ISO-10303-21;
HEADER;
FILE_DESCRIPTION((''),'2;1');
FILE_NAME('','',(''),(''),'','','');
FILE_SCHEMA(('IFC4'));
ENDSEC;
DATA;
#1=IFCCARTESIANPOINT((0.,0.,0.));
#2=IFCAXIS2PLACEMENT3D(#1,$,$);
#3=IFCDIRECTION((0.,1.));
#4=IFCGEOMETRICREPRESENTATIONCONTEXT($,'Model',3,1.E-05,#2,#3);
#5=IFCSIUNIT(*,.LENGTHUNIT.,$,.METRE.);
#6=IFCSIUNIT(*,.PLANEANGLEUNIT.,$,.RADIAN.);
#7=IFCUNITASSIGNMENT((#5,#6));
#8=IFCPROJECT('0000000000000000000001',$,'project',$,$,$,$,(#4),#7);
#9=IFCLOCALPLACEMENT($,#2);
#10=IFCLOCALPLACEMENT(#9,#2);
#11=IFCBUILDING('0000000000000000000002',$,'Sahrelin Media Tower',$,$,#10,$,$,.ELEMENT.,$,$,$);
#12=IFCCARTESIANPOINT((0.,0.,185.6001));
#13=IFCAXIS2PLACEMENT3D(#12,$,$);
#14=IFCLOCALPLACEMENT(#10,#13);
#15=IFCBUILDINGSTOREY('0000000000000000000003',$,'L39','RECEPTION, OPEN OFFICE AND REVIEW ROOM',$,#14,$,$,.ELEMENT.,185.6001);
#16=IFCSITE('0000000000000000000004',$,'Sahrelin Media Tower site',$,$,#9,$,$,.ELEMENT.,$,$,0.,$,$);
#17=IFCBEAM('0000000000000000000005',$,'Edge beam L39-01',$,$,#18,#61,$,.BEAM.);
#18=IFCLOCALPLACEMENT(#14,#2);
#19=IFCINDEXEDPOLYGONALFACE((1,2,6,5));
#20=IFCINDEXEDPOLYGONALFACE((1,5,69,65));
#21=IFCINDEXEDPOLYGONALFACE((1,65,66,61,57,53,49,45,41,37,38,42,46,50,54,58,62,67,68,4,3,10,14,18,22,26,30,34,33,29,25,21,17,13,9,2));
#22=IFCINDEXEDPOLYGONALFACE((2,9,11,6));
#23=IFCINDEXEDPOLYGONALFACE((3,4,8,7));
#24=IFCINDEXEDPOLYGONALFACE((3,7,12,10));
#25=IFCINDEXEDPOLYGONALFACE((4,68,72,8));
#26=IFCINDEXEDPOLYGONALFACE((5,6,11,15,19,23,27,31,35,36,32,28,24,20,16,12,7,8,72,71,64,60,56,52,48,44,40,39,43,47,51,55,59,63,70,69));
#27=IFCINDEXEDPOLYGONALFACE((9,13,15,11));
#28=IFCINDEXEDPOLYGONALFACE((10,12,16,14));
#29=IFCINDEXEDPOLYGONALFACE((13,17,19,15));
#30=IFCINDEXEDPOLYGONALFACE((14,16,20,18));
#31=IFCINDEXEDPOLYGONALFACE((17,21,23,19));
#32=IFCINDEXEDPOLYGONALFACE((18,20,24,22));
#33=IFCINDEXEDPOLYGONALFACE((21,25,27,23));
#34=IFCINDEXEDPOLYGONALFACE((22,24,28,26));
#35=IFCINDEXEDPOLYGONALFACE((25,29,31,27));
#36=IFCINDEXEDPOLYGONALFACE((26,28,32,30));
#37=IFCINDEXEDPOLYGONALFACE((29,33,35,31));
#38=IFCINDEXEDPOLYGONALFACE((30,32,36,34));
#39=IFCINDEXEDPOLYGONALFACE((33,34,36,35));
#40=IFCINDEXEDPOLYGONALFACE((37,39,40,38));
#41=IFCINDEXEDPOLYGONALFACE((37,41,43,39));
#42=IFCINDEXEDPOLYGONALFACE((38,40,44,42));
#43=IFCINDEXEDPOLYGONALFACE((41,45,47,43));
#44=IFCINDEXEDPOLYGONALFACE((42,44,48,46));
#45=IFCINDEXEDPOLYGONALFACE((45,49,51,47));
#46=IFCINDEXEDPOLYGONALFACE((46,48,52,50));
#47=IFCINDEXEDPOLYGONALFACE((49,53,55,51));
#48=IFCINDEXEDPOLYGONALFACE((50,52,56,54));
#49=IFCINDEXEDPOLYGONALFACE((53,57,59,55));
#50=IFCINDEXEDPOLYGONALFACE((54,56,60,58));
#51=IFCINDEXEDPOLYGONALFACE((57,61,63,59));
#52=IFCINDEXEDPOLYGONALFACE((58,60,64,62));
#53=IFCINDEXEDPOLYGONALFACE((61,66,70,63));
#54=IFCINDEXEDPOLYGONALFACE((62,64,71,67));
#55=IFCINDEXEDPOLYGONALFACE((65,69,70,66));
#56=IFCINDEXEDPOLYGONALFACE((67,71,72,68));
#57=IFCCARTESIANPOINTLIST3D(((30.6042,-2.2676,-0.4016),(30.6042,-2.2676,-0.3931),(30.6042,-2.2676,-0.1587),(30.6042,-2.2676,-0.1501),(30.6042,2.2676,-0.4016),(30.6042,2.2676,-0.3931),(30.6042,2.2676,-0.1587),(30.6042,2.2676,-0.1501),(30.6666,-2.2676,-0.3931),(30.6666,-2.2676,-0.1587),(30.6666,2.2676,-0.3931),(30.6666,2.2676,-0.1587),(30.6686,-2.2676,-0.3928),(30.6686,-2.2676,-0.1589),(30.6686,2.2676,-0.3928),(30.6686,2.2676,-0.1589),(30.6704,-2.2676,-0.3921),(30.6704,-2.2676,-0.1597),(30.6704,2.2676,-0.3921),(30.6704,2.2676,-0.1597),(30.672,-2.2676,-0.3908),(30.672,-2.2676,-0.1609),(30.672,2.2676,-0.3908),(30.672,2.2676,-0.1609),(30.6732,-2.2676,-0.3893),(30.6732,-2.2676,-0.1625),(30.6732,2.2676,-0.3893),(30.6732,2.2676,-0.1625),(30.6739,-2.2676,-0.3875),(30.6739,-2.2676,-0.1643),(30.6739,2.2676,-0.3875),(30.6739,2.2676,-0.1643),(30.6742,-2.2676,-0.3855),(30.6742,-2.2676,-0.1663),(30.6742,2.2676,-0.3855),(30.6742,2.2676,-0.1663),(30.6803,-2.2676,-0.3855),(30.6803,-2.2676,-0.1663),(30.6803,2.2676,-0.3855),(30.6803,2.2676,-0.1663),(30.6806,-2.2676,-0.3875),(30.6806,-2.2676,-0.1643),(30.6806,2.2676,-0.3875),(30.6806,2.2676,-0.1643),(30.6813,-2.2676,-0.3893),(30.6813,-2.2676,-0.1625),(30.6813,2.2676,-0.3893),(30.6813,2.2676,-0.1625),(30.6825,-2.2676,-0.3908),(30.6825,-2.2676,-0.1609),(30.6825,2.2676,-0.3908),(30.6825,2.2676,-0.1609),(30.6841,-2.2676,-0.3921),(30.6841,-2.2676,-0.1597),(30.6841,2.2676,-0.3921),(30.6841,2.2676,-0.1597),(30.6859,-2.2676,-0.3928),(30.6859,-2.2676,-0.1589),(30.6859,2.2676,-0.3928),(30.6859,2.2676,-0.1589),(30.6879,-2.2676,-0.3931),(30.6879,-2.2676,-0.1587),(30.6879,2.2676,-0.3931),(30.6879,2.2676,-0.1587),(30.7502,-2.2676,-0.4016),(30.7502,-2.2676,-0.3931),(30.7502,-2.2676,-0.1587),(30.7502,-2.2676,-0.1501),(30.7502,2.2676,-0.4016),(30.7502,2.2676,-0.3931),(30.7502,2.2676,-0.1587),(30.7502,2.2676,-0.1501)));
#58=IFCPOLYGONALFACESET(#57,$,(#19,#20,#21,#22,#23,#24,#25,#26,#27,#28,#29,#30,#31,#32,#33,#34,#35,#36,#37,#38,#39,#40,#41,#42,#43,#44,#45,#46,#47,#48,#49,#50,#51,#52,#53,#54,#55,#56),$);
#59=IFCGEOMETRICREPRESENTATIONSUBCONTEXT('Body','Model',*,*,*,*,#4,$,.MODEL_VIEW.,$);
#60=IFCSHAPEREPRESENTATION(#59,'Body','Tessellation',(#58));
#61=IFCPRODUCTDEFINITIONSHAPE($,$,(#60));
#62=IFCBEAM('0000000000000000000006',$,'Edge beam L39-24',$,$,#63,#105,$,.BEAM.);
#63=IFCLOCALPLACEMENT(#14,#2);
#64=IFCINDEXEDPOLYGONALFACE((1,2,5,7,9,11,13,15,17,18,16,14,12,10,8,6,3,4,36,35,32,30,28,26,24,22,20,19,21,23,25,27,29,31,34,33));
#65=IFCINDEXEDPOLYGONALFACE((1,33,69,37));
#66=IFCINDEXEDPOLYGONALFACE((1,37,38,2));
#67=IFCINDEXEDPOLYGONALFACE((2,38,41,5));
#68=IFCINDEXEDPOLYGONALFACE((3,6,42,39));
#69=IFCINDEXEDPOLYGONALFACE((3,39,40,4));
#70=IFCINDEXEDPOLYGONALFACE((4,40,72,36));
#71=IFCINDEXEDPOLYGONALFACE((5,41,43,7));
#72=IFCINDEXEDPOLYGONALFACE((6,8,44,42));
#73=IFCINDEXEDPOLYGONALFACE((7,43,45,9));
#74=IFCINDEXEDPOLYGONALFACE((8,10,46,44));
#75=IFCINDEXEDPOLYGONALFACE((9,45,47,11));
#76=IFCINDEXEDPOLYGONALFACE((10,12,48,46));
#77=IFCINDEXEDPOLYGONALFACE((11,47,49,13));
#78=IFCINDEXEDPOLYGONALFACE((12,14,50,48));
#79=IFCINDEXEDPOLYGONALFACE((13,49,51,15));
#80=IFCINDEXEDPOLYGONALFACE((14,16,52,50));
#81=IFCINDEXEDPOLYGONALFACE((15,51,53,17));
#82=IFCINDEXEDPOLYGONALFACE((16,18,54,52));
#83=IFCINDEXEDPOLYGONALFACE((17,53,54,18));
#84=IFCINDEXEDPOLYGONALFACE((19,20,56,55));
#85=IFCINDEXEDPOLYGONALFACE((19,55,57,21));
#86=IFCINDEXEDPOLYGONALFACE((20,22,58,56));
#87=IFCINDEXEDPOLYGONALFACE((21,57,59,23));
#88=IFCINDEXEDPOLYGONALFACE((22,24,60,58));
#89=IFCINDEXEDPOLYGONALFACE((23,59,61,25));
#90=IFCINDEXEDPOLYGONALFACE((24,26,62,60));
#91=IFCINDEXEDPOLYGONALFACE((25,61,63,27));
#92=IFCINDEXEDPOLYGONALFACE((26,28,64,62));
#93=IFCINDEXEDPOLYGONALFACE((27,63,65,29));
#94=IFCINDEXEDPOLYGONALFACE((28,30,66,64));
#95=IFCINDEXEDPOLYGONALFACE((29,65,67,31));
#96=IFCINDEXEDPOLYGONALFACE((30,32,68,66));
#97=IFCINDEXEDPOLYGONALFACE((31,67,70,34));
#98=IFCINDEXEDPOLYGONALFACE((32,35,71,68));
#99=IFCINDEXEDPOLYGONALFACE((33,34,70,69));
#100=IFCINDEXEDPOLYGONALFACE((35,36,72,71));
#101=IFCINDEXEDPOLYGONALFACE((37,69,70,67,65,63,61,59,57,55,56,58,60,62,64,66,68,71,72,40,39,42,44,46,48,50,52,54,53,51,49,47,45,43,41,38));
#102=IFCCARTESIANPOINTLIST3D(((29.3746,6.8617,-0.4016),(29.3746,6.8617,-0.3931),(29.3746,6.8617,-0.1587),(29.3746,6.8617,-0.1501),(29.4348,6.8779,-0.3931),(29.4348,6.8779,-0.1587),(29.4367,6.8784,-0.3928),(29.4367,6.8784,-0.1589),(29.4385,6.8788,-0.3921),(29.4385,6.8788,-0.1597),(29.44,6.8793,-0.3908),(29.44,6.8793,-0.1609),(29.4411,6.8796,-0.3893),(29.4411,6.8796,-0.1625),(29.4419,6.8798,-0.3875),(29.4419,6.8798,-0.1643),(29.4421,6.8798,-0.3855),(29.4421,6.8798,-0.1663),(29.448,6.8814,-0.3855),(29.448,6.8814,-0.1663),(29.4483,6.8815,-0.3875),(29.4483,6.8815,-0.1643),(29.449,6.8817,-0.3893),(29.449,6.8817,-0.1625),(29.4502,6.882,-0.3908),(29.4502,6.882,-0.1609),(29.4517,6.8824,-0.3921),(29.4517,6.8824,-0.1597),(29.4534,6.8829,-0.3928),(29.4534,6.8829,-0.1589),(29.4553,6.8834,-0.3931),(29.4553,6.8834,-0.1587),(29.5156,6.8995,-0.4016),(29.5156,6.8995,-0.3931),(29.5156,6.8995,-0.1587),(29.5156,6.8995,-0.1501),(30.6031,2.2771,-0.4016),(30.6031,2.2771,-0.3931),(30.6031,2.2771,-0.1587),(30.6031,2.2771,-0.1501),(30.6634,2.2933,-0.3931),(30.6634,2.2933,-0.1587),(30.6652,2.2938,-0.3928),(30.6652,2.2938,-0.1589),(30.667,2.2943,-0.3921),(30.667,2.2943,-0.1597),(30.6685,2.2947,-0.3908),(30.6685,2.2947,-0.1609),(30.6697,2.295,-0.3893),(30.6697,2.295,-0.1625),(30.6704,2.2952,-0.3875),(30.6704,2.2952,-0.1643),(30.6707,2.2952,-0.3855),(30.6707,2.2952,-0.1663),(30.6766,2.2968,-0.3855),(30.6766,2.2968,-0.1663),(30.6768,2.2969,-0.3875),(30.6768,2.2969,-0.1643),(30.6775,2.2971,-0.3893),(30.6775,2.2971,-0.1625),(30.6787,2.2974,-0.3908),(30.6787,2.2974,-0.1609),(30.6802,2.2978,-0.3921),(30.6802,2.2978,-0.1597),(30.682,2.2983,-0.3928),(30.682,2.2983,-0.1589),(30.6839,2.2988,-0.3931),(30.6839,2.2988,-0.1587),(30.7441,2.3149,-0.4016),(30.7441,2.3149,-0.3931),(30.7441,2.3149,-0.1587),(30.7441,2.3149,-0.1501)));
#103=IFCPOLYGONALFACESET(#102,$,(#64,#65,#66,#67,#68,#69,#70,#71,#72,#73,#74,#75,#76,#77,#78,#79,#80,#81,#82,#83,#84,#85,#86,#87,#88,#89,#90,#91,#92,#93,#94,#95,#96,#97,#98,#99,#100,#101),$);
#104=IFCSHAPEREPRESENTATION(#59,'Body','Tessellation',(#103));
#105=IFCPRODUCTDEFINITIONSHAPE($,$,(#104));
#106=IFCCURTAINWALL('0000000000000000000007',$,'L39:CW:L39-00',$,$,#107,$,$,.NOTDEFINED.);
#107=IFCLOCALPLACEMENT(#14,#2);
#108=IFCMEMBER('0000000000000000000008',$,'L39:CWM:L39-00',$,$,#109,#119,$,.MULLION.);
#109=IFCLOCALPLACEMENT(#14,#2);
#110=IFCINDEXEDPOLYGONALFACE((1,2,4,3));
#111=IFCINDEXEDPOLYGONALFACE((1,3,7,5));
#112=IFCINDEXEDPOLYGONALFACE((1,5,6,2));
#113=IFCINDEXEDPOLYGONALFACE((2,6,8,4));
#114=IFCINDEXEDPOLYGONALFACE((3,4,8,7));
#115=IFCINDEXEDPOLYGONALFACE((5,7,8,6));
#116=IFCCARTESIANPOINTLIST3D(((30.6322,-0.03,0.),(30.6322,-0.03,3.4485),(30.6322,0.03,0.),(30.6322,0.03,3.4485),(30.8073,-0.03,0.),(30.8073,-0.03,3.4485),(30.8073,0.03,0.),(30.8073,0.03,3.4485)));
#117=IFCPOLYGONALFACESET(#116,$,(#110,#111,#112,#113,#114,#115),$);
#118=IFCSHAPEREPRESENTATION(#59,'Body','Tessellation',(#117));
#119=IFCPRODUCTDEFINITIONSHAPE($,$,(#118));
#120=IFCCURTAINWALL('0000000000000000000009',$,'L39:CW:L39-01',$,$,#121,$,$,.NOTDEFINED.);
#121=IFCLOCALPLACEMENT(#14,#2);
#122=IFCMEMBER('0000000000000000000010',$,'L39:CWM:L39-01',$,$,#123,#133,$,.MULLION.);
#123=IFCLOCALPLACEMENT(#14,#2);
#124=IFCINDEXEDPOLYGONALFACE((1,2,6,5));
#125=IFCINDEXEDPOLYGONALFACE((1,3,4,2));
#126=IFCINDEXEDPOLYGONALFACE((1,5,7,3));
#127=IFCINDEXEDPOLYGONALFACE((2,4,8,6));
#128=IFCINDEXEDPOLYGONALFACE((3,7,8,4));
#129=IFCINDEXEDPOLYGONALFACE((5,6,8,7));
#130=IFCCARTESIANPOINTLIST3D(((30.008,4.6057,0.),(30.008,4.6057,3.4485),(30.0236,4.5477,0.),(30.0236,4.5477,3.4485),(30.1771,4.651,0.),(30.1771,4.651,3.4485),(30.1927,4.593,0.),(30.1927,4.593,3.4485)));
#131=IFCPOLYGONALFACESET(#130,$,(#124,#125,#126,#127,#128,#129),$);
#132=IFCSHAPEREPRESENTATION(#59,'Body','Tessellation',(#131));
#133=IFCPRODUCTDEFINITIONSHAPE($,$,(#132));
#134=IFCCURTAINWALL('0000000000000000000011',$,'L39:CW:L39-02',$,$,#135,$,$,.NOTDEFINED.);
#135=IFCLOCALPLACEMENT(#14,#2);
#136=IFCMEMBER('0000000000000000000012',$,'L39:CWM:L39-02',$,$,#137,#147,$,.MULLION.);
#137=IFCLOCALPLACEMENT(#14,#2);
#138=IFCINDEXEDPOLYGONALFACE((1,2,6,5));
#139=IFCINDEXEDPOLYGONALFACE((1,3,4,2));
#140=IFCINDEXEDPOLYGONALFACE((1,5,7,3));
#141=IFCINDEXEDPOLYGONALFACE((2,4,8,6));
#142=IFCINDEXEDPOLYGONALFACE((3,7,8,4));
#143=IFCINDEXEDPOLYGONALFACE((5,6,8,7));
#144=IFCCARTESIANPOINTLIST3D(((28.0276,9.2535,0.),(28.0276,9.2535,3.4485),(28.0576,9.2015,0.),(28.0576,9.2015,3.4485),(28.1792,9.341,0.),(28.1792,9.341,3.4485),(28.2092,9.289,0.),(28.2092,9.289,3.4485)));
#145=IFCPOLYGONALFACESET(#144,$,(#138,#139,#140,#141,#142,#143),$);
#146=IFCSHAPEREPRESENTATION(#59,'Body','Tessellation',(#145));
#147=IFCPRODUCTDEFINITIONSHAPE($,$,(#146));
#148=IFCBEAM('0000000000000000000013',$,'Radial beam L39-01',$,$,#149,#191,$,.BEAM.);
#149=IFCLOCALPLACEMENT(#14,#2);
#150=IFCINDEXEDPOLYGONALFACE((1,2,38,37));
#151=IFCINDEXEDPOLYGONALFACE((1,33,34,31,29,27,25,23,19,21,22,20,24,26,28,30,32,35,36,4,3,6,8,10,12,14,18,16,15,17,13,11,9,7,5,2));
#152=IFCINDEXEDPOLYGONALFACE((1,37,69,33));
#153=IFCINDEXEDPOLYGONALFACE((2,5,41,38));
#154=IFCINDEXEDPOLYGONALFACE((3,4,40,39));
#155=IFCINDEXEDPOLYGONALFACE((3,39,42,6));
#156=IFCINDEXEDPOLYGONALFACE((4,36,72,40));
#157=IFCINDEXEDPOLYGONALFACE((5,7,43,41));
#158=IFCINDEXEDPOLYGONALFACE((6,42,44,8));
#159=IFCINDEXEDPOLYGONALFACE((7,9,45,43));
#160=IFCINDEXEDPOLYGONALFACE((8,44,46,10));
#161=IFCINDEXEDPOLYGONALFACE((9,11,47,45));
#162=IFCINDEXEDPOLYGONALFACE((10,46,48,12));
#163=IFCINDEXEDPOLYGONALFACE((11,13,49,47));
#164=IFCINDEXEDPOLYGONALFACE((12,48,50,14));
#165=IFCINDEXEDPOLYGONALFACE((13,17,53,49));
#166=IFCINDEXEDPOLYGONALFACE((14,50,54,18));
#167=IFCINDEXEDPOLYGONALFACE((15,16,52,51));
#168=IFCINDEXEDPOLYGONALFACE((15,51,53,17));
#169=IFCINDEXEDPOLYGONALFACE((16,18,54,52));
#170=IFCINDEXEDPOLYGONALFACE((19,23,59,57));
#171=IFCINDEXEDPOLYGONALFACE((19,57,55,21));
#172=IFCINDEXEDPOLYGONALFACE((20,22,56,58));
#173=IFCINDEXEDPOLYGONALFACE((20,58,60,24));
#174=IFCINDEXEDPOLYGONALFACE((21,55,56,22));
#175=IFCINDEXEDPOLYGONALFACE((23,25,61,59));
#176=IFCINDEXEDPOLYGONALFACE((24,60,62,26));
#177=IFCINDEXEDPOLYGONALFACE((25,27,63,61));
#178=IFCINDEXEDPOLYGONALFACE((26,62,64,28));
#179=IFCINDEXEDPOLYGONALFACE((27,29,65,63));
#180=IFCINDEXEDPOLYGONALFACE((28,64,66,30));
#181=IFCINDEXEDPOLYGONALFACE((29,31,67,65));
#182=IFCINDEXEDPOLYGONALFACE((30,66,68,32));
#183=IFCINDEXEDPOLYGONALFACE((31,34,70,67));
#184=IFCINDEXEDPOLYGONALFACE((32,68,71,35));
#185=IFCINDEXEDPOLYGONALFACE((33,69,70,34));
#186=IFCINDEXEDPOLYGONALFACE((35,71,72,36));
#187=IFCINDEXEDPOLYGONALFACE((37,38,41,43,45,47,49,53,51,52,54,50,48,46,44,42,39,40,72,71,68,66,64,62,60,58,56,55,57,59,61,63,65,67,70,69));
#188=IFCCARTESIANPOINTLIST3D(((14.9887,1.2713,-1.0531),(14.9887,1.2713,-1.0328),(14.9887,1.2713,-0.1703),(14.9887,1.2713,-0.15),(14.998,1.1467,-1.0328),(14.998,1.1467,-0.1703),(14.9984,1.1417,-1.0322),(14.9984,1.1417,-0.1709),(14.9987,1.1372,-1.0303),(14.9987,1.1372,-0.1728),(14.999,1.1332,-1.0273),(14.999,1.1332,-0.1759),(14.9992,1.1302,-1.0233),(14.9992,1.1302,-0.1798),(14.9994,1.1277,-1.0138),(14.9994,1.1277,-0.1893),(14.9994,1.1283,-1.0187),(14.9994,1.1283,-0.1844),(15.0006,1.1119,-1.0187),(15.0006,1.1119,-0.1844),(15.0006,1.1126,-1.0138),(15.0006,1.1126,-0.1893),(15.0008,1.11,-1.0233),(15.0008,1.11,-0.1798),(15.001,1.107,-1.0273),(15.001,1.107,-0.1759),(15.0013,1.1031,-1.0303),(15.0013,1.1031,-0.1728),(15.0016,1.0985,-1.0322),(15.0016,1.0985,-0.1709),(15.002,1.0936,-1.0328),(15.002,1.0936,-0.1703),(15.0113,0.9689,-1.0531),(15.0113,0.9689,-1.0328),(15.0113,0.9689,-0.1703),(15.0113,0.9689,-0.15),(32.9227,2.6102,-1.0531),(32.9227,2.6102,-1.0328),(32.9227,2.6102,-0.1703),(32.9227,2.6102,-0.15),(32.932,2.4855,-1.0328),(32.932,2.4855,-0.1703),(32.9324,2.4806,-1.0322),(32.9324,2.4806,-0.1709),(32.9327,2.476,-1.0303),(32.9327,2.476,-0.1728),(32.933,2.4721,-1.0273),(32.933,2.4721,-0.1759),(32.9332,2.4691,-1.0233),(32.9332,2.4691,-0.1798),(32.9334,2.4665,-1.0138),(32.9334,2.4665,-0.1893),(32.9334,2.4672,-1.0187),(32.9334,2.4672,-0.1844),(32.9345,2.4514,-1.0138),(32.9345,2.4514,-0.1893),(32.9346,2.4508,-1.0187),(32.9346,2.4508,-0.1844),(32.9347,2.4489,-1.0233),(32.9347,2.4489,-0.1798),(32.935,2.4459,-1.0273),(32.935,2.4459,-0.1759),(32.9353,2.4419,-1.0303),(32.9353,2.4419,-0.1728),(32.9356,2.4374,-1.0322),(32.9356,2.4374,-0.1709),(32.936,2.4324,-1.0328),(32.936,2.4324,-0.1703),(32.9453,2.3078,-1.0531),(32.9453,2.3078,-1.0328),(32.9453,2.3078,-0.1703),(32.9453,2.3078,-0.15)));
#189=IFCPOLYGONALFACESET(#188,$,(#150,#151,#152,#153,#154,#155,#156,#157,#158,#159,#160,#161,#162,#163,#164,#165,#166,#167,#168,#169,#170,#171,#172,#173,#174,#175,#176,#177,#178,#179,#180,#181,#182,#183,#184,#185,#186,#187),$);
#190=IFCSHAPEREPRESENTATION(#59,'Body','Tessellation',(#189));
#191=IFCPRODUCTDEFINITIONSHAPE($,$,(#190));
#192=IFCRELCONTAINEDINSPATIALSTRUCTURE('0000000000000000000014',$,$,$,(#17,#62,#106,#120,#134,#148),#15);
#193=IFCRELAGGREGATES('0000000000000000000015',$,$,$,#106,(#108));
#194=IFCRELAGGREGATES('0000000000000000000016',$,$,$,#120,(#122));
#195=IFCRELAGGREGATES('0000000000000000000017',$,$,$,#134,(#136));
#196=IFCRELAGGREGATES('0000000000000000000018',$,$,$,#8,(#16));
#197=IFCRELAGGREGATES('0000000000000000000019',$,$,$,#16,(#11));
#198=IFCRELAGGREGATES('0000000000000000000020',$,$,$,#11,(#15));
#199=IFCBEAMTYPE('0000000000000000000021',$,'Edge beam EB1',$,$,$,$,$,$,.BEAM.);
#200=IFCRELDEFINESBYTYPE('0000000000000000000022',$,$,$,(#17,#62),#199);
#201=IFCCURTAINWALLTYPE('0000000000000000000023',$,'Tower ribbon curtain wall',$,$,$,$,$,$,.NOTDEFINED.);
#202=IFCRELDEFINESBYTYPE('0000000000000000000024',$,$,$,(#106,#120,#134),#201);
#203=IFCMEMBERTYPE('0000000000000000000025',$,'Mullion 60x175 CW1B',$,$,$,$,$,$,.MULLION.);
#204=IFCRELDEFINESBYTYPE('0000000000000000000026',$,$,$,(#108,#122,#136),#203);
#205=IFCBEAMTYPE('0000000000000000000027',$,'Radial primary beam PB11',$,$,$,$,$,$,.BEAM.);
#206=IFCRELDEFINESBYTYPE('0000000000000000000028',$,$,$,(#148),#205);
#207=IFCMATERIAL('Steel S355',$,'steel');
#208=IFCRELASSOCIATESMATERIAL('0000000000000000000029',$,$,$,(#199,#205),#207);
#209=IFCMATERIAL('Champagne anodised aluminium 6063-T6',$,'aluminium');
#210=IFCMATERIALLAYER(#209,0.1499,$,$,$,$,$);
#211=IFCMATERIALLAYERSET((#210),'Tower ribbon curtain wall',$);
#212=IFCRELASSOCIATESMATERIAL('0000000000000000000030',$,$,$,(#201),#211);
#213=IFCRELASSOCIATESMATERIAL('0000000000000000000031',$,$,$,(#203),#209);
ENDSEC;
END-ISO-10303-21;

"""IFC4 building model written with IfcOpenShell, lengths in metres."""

from ifc_helpers import new_model, si_unit, direction, frame, origin, origin_2d, place, context, subcontext, project, spatial, rectangle, i_section, extrude, material, layer, layer_set, material_profile, profile_set, type_object, element, aggregate, save


model = new_model("IFC4")

# Units and contexts
model_context = context("Model", 3, precision=1e-05, world=origin(), true_north=direction((0.0, 1.0)))
body_context = subcontext(model_context, "Body", "Model", "MODEL_VIEW")
ifc_project = project(units=[si_unit("LENGTHUNIT", "METRE"), si_unit("PLANEANGLEUNIT", "RADIAN")], contexts=[model_context])

# Site, building, storey
site_placement = place(None, origin())
site = spatial("IfcSite", under=ifc_project, at=site_placement, Name="Sahrelin Media Tower site", CompositionType="ELEMENT", RefElevation=0.0)
building_placement = place(site_placement, origin())
building = spatial("IfcBuilding", under=site, at=building_placement, Name="Sahrelin Media Tower", CompositionType="ELEMENT")
storey_placement = place(building_placement, frame((0.0, 0.0, 185.6001)))
storey = spatial("IfcBuildingStorey", under=building, at=storey_placement, Name="L39", Description="RECEPTION, OPEN OFFICE AND REVIEW ROOM", CompositionType="ELEMENT", Elevation=185.6001)

# Beams
ifc_material_1 = material(Name="Steel S355", Category="steel")
ifc_material_profile_1 = material_profile(ifc_material_1, i_section(OverallWidth=0.146, OverallDepth=0.2515, WebThickness=0.0061, FlangeThickness=0.0085, FilletRadius=0.0076, at=origin_2d()), Name="UB 254x146x31")
ifc_profile_set_1 = profile_set([ifc_material_profile_1], Name="Steel S355")
beam_type_1 = type_object("IfcBeamType", Name="Edge beam EB1", PredefinedType="BEAM", material=ifc_profile_set_1)
beam_1_placement = place(storey_placement, frame((30.6772, 2.2676, -0.2759), z_axis=(0.0, -1.0, 0.0), x_axis=(1.0, 0.0, 0.0)))
element("IfcBeam", 1, at=beam_1_placement, inside=storey, type_object=beam_type_1, Name="Edge beam L39-01", PredefinedType="BEAM", context=body_context, shape_type="SweptSolid", body=[
    extrude(i_section(OverallWidth=0.146, OverallDepth=0.2515, WebThickness=0.0061, FlangeThickness=0.0085, FilletRadius=0.0076, at=origin_2d()), origin(), (0.0, 0.0, 1.0), 4.5352),
])
beam_2_placement = place(storey_placement, frame((29.4451, 6.8806, -0.2759), z_axis=(0.258841, -0.96592, 0.0), x_axis=(0.96592, 0.258841, 0.0)))
element("IfcBeam", 2, at=beam_2_placement, inside=storey, type_object=beam_type_1, Name="Edge beam L39-24", PredefinedType="BEAM", context=body_context, shape_type="SweptSolid", body=[
    extrude(i_section(OverallWidth=0.146, OverallDepth=0.2515, WebThickness=0.0061, FlangeThickness=0.0085, FilletRadius=0.0076, at=origin_2d()), origin(), (0.0, 0.0, 1.0), 4.7463),
])

# Curtain walls, members
ifc_material_2 = material(Name="Champagne anodised aluminium 6063-T6", Category="aluminium")
ifc_layer_1 = layer(ifc_material_2, 0.1499)
ifc_layer_set_1 = layer_set([ifc_layer_1], Name="Tower ribbon curtain wall")
curtain_wall_type = type_object("IfcCurtainWallType", Name="Tower ribbon curtain wall", PredefinedType="NOTDEFINED", material=ifc_layer_set_1)
curtain_wall_1_placement = place(storey_placement, frame((30.8274, 0.0, 0.0), z_axis=(0.0, 0.0, 1.0), x_axis=(1.0, 0.0, 0.0)))
curtain_wall_1 = element("IfcCurtainWall", 3, at=curtain_wall_1_placement, inside=storey, type_object=curtain_wall_type, Name="L39:CW:L39-00", PredefinedType="NOTDEFINED")
ifc_material_profile_2 = material_profile(ifc_material_2, rectangle(XDim=0.0601, YDim=0.175, at=origin_2d()), Name="Mullion 60x175")
ifc_profile_set_2 = profile_set([ifc_material_profile_2], Name="Champagne anodised aluminium 6063-T6")
member_type_1 = type_object("IfcMemberType", Name="Mullion 60x175 CW1B", PredefinedType="MULLION", material=ifc_profile_set_2)
member_1_placement = place(storey_placement, frame((30.7197, 0.0, 0.0), z_axis=(0.0, 0.0, 1.0), x_axis=(0.0, 1.0, 0.0)))
member_1 = element("IfcMember", 4, at=member_1_placement, type_object=member_type_1, Name="L39:CWM:L39-00", PredefinedType="MULLION", context=body_context, shape_type="SweptSolid", body=[
    extrude(rectangle(XDim=0.0601, YDim=0.175, at=origin_2d()), origin(), (0.0, 0.0, 1.0), 3.4485),
])
aggregate(curtain_wall_1, [member_1])
curtain_wall_2_placement = place(storey_placement, frame((30.2041, 4.6272, 0.0), z_axis=(0.0, 0.0, 1.0), x_axis=(1.0, 0.0, 0.0)))
curtain_wall_2 = element("IfcCurtainWall", 5, at=curtain_wall_2_placement, inside=storey, type_object=curtain_wall_type, Name="L39:CW:L39-01", PredefinedType="NOTDEFINED")
member_2_placement = place(storey_placement, frame((30.1003, 4.5994, 0.0), z_axis=(0.0, 0.0, 1.0), x_axis=(-0.258829, 0.965923, 0.0)))
member_2 = element("IfcMember", 6, at=member_2_placement, type_object=member_type_1, Name="L39:CWM:L39-01", PredefinedType="MULLION", context=body_context, shape_type="SweptSolid", body=[
    extrude(rectangle(XDim=0.0601, YDim=0.175, at=origin_2d()), origin(), (0.0, 0.0, 1.0), 3.4485),
])
curtain_wall_3_placement = place(storey_placement, frame((28.2112, 9.325, 0.0), z_axis=(0.0, 0.0, 1.0), x_axis=(1.0, 0.0, 0.0)))
curtain_wall_3 = element("IfcCurtainWall", 7, at=curtain_wall_3_placement, inside=storey, type_object=curtain_wall_type, Name="L39:CW:L39-02", PredefinedType="NOTDEFINED")
member_3_placement = place(storey_placement, frame((28.1184, 9.2712, 0.0), z_axis=(0.0, 0.0, 1.0), x_axis=(-0.499997, 0.866027, 0.0)))
member_3 = element("IfcMember", 8, at=member_3_placement, type_object=member_type_1, Name="L39:CWM:L39-02", PredefinedType="MULLION", context=body_context, shape_type="SweptSolid", body=[
    extrude(rectangle(XDim=0.0601, YDim=0.175, at=origin_2d()), origin(), (0.0, 0.0, 1.0), 3.4485),
])

# Beam
ifc_material_profile_3 = material_profile(ifc_material_1, i_section(OverallWidth=0.3032, OverallDepth=0.9031, WebThickness=0.0151, FlangeThickness=0.0203, FilletRadius=0.019, at=origin_2d()), Name="UB 914x305x201")
ifc_profile_set_3 = profile_set([ifc_material_profile_3], Name="Steel S355")
beam_type_2 = type_object("IfcBeamType", Name="Radial primary beam PB11", PredefinedType="BEAM", material=ifc_profile_set_3)
beam_3_placement = place(storey_placement, frame((15.0, 1.1201, -0.6016), z_axis=(0.997225, 0.074448, 0.0), x_axis=(-0.074448, 0.997225, 0.0)))
element("IfcBeam", 9, at=beam_3_placement, inside=storey, type_object=beam_type_2, Name="Radial beam L39-01", PredefinedType="BEAM", context=body_context, shape_type="SweptSolid", body=[
    extrude(i_section(OverallWidth=0.3032, OverallDepth=0.9031, WebThickness=0.0151, FlangeThickness=0.0203, FilletRadius=0.019, at=origin_2d()), origin(), (0.0, 0.0, 1.0), 17.9839),
])

aggregate(curtain_wall_2, [member_2])
aggregate(curtain_wall_3, [member_3])

save(model, "model.ifc")
